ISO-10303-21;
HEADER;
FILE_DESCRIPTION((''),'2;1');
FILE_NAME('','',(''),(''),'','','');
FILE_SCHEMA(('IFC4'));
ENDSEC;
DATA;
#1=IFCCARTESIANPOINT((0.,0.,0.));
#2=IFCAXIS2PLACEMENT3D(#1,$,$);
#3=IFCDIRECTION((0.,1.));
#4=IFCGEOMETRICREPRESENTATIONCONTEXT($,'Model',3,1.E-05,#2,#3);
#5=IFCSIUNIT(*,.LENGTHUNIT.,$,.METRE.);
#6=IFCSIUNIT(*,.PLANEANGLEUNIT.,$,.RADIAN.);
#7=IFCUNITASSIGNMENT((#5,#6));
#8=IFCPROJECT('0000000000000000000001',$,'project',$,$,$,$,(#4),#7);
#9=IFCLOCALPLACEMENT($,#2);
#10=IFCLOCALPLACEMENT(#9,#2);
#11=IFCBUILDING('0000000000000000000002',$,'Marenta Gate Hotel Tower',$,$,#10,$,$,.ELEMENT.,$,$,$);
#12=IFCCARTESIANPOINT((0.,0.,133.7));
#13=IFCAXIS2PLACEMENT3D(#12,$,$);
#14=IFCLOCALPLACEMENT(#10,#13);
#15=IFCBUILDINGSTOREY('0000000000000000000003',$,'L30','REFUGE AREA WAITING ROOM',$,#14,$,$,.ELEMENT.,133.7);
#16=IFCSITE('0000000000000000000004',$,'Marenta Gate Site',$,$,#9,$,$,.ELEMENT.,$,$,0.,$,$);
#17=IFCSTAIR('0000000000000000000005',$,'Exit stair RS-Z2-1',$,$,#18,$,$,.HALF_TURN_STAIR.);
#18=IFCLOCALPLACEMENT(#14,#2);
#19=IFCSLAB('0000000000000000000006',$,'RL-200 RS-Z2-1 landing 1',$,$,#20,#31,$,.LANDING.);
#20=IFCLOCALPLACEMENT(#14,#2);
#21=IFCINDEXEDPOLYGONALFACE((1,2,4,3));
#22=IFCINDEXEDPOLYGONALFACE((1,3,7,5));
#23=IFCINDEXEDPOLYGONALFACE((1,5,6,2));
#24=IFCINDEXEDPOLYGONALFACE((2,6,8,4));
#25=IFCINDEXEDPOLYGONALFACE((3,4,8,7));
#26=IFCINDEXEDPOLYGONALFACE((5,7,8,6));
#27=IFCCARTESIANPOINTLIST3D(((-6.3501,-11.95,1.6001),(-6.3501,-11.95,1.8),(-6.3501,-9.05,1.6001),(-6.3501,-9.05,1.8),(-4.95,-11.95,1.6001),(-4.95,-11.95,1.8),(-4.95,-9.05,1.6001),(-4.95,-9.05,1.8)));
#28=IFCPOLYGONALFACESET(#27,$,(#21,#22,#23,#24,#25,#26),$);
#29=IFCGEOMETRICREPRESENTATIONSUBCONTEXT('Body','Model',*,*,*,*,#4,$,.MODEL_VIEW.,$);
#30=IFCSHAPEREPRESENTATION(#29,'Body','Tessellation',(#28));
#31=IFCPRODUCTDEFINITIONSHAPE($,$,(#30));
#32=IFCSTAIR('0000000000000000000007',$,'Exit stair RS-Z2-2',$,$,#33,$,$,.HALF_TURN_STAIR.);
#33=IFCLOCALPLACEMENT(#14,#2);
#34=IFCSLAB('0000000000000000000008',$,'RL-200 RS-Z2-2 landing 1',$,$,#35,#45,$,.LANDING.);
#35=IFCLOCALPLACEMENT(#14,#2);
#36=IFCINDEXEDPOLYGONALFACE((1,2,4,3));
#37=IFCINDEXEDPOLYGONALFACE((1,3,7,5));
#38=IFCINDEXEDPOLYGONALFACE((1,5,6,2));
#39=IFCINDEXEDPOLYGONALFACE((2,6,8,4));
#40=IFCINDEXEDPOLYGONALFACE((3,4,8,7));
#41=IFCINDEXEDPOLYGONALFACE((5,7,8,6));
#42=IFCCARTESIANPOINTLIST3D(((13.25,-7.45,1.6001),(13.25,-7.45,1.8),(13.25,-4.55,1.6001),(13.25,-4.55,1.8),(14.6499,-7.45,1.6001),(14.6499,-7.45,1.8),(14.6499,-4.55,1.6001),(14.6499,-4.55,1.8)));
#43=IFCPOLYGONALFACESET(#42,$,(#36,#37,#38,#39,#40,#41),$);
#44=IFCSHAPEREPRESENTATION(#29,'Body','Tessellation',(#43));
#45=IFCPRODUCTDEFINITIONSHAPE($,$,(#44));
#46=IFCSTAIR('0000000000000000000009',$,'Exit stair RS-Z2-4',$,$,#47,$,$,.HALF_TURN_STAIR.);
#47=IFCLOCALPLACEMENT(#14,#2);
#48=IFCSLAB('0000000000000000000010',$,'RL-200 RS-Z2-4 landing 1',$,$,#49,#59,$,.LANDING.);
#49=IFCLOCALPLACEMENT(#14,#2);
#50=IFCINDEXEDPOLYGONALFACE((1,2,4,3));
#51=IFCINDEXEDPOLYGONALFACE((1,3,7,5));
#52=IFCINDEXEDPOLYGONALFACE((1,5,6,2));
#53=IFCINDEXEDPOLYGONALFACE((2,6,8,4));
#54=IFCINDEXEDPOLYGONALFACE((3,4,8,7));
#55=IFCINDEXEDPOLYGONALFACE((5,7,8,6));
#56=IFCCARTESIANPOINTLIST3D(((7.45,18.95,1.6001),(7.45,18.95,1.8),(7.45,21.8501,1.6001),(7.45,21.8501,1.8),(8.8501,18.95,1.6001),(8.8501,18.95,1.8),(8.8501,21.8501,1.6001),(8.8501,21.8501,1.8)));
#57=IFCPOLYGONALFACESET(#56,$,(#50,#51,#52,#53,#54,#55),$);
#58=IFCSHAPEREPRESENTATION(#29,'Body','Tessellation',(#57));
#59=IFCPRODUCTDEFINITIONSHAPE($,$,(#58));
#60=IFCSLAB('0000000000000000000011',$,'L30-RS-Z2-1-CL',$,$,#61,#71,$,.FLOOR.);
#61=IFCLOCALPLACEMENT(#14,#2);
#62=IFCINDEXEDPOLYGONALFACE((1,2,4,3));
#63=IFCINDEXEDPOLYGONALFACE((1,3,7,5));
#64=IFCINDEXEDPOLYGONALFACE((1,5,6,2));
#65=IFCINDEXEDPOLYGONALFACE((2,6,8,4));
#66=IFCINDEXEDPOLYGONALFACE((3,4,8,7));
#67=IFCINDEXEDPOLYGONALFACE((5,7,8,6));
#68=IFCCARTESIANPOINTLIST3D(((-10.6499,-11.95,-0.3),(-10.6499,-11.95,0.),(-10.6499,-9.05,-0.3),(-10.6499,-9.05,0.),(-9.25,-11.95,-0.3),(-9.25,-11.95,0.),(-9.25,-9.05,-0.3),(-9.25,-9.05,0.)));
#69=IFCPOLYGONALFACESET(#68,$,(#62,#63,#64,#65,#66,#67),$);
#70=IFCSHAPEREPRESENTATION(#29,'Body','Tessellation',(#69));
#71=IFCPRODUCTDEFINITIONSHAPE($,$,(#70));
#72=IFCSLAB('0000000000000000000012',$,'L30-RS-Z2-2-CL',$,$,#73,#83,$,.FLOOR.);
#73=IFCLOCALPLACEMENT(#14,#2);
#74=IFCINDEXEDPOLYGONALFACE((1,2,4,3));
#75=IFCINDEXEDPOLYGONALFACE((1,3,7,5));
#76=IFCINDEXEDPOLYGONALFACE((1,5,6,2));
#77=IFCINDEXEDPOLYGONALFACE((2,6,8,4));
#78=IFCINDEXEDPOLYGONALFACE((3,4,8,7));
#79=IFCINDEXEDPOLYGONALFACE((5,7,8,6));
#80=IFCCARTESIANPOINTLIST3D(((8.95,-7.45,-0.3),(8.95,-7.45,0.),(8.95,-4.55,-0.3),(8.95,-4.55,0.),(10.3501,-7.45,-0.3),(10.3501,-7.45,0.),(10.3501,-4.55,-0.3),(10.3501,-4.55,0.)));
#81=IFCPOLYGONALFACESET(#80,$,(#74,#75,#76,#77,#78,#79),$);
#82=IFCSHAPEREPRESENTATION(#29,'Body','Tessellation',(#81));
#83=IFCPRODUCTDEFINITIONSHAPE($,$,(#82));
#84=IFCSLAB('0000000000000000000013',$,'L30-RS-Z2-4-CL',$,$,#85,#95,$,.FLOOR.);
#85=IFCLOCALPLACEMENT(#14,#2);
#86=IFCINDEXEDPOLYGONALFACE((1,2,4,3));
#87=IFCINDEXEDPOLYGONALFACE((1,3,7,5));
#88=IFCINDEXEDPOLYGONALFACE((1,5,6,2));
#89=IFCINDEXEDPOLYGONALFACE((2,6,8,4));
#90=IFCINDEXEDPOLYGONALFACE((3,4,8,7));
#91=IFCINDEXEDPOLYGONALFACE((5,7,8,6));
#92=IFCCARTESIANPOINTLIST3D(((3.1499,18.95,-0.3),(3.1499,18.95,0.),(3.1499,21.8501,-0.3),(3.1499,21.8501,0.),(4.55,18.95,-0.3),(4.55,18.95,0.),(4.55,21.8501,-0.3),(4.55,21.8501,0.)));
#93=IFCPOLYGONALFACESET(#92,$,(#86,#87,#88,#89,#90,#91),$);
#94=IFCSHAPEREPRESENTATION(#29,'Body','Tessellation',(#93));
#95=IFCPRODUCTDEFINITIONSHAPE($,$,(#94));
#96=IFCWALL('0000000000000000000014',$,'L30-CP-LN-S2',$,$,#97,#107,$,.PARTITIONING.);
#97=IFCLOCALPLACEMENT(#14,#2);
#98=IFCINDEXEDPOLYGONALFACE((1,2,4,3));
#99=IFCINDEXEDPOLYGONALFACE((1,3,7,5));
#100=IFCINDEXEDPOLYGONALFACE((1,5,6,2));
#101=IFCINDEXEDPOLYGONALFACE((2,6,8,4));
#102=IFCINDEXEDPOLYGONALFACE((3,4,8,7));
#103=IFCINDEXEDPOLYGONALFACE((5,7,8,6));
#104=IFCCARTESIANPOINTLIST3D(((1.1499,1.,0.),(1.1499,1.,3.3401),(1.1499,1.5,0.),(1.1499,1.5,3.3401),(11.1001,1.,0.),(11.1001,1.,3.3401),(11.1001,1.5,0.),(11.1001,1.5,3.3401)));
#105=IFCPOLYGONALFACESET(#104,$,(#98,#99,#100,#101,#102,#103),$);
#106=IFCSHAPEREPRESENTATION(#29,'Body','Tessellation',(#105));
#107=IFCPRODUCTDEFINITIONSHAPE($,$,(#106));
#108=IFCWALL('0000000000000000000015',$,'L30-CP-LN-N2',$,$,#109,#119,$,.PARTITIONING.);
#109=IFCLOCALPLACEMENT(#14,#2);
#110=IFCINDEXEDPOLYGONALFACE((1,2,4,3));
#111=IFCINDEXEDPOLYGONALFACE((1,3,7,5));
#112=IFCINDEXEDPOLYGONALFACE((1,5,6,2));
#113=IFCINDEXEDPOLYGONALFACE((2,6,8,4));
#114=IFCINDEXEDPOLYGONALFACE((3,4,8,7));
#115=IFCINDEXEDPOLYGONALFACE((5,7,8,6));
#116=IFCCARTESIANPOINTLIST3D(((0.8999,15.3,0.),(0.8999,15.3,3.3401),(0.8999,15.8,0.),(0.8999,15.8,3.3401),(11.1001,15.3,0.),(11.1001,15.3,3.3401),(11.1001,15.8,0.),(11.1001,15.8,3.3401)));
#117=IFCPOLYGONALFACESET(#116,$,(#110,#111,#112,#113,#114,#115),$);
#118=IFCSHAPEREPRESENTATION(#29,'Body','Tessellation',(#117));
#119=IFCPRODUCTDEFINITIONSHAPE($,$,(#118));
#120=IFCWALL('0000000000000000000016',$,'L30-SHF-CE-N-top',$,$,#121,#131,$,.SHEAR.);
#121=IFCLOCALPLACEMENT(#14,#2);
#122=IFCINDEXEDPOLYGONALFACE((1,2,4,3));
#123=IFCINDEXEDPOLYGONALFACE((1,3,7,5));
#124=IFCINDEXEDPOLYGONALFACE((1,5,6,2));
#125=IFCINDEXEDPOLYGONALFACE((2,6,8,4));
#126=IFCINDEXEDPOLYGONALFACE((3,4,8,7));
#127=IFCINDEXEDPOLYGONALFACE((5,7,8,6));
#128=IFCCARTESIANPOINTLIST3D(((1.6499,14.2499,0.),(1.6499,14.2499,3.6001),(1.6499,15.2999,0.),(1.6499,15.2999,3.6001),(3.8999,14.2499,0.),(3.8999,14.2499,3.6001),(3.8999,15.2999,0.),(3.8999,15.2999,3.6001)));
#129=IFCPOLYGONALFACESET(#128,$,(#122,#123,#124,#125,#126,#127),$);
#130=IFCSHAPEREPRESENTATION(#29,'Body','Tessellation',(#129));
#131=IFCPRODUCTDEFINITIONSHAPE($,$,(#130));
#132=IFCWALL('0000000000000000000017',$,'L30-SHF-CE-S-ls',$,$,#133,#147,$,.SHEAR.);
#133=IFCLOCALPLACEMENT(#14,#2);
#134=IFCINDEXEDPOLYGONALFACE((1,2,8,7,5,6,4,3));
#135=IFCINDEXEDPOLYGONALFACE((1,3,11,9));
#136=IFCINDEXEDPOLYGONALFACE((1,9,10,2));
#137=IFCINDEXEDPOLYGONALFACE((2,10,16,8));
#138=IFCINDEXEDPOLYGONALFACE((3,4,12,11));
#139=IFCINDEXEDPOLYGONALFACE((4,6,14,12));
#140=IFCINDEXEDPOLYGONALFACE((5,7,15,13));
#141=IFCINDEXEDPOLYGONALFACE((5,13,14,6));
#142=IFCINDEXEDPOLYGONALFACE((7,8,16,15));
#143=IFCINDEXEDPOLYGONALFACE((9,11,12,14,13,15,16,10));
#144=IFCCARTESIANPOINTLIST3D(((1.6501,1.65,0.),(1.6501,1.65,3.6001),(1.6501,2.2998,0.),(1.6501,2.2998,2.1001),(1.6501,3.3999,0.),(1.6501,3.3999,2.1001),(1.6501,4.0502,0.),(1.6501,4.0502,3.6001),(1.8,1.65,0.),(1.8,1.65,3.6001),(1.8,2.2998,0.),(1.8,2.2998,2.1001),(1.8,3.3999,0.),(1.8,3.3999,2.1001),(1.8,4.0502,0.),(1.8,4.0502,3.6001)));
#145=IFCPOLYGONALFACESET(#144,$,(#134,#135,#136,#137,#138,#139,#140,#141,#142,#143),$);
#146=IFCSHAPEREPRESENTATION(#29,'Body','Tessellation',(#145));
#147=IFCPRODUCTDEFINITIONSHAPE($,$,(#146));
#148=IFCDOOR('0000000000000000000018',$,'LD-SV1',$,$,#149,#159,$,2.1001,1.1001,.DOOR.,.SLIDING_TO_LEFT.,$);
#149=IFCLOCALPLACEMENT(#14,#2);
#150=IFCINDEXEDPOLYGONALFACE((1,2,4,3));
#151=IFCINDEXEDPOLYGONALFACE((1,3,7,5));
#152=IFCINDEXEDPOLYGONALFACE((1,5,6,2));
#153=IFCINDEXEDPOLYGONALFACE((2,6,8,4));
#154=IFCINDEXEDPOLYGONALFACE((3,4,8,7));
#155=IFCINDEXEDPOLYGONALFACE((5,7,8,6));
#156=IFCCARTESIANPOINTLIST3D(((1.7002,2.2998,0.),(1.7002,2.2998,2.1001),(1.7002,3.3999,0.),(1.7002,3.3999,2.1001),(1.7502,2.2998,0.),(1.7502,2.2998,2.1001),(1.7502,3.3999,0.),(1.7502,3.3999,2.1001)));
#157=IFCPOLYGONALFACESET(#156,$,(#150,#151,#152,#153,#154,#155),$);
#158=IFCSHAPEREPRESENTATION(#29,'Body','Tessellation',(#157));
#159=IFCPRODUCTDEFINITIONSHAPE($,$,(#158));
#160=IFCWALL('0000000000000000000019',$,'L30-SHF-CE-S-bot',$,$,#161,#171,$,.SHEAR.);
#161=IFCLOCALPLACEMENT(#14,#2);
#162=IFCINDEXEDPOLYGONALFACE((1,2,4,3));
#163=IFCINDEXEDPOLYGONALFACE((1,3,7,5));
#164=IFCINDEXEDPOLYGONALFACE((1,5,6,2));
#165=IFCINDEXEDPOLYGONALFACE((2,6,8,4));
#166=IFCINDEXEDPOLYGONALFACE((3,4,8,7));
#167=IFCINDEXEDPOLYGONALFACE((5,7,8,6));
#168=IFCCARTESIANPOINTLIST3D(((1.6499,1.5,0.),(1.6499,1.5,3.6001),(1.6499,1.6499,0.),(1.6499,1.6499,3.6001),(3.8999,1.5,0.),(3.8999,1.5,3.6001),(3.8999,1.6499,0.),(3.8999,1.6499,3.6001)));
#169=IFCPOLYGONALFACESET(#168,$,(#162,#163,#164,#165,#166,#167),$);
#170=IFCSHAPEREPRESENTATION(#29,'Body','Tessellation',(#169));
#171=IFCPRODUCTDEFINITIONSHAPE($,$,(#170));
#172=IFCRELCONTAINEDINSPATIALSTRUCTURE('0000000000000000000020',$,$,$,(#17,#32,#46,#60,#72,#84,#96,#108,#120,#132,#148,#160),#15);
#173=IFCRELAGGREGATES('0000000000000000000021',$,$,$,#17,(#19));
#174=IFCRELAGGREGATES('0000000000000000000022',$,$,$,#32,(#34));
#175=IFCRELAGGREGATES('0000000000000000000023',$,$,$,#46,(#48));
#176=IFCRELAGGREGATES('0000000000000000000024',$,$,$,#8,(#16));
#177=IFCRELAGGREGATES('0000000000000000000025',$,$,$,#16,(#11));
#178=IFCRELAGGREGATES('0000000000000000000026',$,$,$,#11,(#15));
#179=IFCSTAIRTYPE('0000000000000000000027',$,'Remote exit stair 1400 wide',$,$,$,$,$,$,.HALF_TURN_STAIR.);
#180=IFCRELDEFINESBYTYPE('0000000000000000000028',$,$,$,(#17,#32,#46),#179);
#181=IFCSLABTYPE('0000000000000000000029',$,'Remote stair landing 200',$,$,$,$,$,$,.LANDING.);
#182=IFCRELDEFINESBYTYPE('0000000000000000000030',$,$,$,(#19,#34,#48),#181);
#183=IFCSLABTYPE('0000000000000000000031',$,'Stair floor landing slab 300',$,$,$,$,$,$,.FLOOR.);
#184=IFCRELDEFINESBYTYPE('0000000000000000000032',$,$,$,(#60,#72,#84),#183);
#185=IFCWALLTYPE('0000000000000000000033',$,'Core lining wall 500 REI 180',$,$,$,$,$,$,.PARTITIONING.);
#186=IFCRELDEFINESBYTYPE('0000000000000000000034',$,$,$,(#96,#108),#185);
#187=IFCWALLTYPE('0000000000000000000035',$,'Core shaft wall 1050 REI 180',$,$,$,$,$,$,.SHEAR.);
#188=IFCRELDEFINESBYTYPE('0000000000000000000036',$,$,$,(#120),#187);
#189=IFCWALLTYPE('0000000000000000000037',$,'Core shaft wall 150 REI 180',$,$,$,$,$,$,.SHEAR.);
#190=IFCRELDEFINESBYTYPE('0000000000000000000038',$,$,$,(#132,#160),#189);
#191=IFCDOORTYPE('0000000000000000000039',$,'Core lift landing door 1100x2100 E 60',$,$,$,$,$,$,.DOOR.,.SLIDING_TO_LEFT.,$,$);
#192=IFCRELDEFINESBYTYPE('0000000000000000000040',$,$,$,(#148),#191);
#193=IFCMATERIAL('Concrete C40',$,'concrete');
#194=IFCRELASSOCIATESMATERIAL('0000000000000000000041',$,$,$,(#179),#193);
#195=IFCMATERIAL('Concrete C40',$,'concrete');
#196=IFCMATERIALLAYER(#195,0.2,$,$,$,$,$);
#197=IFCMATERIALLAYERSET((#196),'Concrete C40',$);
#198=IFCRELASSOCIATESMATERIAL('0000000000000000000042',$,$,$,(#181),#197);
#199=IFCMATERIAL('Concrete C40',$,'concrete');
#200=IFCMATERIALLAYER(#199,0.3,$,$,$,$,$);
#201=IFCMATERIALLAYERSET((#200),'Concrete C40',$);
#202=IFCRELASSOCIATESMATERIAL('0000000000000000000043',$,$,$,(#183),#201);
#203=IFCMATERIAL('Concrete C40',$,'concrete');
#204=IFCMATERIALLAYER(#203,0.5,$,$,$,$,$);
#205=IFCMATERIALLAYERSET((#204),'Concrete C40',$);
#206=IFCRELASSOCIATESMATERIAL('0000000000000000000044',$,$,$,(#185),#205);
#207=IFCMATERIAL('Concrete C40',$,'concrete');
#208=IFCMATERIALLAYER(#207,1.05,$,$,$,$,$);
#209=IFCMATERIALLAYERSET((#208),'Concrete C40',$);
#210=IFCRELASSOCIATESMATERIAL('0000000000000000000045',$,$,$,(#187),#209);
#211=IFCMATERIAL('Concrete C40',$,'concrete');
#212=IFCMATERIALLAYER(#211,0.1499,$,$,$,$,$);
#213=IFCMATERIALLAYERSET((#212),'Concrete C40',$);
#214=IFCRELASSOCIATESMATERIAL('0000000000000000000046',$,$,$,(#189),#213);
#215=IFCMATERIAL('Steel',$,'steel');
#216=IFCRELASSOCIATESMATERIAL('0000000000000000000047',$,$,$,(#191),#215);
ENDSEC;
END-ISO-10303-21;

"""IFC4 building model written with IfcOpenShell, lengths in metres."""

from ifc_helpers import new_model, si_unit, direction, frame, frame_2d, origin, place, context, subcontext, project, spatial, polyline, rectangle, outline, extrude, material, layer, layer_set, type_object, element, fill, aggregate, save


model = new_model("IFC4")

# Units and contexts
model_context = context("Model", 3, precision=1e-05, world=origin(), true_north=direction((0.0, 1.0)))
body_context = subcontext(model_context, "Body", "Model", "MODEL_VIEW")
ifc_project = project(units=[si_unit("LENGTHUNIT", "METRE"), si_unit("PLANEANGLEUNIT", "RADIAN")], contexts=[model_context])

# Site, building, storey
site_placement = place(None, origin())
site = spatial("IfcSite", under=ifc_project, at=site_placement, Name="Marenta Gate Site", CompositionType="ELEMENT", RefElevation=0.0)
building_placement = place(site_placement, origin())
building = spatial("IfcBuilding", under=site, at=building_placement, Name="Marenta Gate Hotel Tower", CompositionType="ELEMENT")
storey_placement = place(building_placement, frame((0.0, 0.0, 133.7)))
storey = spatial("IfcBuildingStorey", under=building, at=storey_placement, Name="L30", Description="REFUGE AREA WAITING ROOM", CompositionType="ELEMENT", Elevation=133.7)

# Stairs, slabs
ifc_material_1 = material(Name="Concrete C40", Category="concrete")
stair_type_1 = type_object("IfcStairType", Name="Remote exit stair 1400 wide", PredefinedType="HALF_TURN_STAIR", material=ifc_material_1)
stair_1_placement = place(storey_placement, origin())
stair_1 = element("IfcStair", 1, at=stair_1_placement, inside=storey, type_object=stair_type_1, Name="Exit stair RS-Z2-1", PredefinedType="HALF_TURN_STAIR")
ifc_material_2 = material(Name="Concrete C40", Category="concrete")
ifc_layer_1 = layer(ifc_material_2, 0.2)
ifc_layer_set_1 = layer_set([ifc_layer_1], Name="Concrete C40")
slab_type_1 = type_object("IfcSlabType", Name="Remote stair landing 200", PredefinedType="LANDING", material=ifc_layer_set_1)
slab_1_placement = place(storey_placement, frame((0.0, 0.0, 1.6001)))
slab_1 = element("IfcSlab", 2, at=slab_1_placement, type_object=slab_type_1, Name="RL-200 RS-Z2-1 landing 1", PredefinedType="LANDING", context=body_context, shape_type="SweptSolid", body=[
    extrude(outline(polyline([(-6.3501, -11.95), (-4.95, -11.95), (-4.95, -9.05), (-6.3501, -9.05), (-6.3501, -11.95)])), origin(), (0.0, 0.0, 1.0), 0.2),
])
aggregate(stair_1, [slab_1])
stair_2_placement = place(storey_placement, origin())
stair_2 = element("IfcStair", 3, at=stair_2_placement, inside=storey, type_object=stair_type_1, Name="Exit stair RS-Z2-2", PredefinedType="HALF_TURN_STAIR")
slab_2_placement = place(storey_placement, frame((0.0, 0.0, 1.6001)))
slab_2 = element("IfcSlab", 4, at=slab_2_placement, type_object=slab_type_1, Name="RL-200 RS-Z2-2 landing 1", PredefinedType="LANDING", context=body_context, shape_type="SweptSolid", body=[
    extrude(outline(polyline([(13.25, -7.45), (14.6499, -7.45), (14.6499, -4.55), (13.25, -4.55), (13.25, -7.45)])), origin(), (0.0, 0.0, 1.0), 0.2),
])
aggregate(stair_2, [slab_2])
stair_3_placement = place(storey_placement, origin())
stair_3 = element("IfcStair", 5, at=stair_3_placement, inside=storey, type_object=stair_type_1, Name="Exit stair RS-Z2-4", PredefinedType="HALF_TURN_STAIR")
slab_3_placement = place(storey_placement, frame((0.0, 0.0, 1.6001)))
slab_3 = element("IfcSlab", 6, at=slab_3_placement, type_object=slab_type_1, Name="RL-200 RS-Z2-4 landing 1", PredefinedType="LANDING", context=body_context, shape_type="SweptSolid", body=[
    extrude(outline(polyline([(7.45, 18.95), (8.8501, 18.95), (8.8501, 21.8501), (7.45, 21.8501), (7.45, 18.95)])), origin(), (0.0, 0.0, 1.0), 0.2),
])
aggregate(stair_3, [slab_3])

# Slabs
ifc_material_3 = material(Name="Concrete C40", Category="concrete")
ifc_layer_2 = layer(ifc_material_3, 0.3)
ifc_layer_set_2 = layer_set([ifc_layer_2], Name="Concrete C40")
slab_type_2 = type_object("IfcSlabType", Name="Stair floor landing slab 300", PredefinedType="FLOOR", material=ifc_layer_set_2)
slab_4_placement = place(storey_placement, frame((0.0, 0.0, -0.3)))
element("IfcSlab", 7, at=slab_4_placement, inside=storey, type_object=slab_type_2, Name="L30-RS-Z2-1-CL", PredefinedType="FLOOR", context=body_context, shape_type="SweptSolid", body=[
    extrude(outline(polyline([(-9.25, -11.95), (-9.25, -9.05), (-10.6499, -9.05), (-10.6499, -11.95), (-9.25, -11.95)])), origin(), (0.0, 0.0, 1.0), 0.3),
])
slab_5_placement = place(storey_placement, frame((0.0, 0.0, -0.3)))
element("IfcSlab", 8, at=slab_5_placement, inside=storey, type_object=slab_type_2, Name="L30-RS-Z2-2-CL", PredefinedType="FLOOR", context=body_context, shape_type="SweptSolid", body=[
    extrude(outline(polyline([(10.3501, -7.45), (10.3501, -4.55), (8.95, -4.55), (8.95, -7.45), (10.3501, -7.45)])), origin(), (0.0, 0.0, 1.0), 0.3),
])
slab_6_placement = place(storey_placement, frame((0.0, 0.0, -0.3)))
element("IfcSlab", 9, at=slab_6_placement, inside=storey, type_object=slab_type_2, Name="L30-RS-Z2-4-CL", PredefinedType="FLOOR", context=body_context, shape_type="SweptSolid", body=[
    extrude(outline(polyline([(4.55, 18.95), (4.55, 21.8501), (3.1499, 21.8501), (3.1499, 18.95), (4.55, 18.95)])), origin(), (0.0, 0.0, 1.0), 0.3),
])

# Walls
ifc_material_4 = material(Name="Concrete C40", Category="concrete")
ifc_layer_3 = layer(ifc_material_4, 0.5)
ifc_layer_set_3 = layer_set([ifc_layer_3], Name="Concrete C40")
wall_type_1 = type_object("IfcWallType", Name="Core lining wall 500 REI 180", PredefinedType="PARTITIONING", material=ifc_layer_set_3)
wall_1_placement = place(storey_placement, frame((1.1499, 1.25, 0.0), z_axis=(0.0, 0.0, 1.0), x_axis=(1.0, 0.0, 0.0)))
element("IfcWall", 10, at=wall_1_placement, inside=storey, type_object=wall_type_1, Name="L30-CP-LN-S2", PredefinedType="PARTITIONING", context=body_context, shape_type="SweptSolid", body=[
    extrude(rectangle(XDim=9.9502, YDim=0.5, at=frame_2d((4.9751, 0.0))), origin(), (0.0, 0.0, 1.0), 3.3401),
])
wall_2_placement = place(storey_placement, frame((0.8999, 15.55, 0.0), z_axis=(0.0, 0.0, 1.0), x_axis=(1.0, 0.0, 0.0)))
element("IfcWall", 11, at=wall_2_placement, inside=storey, type_object=wall_type_1, Name="L30-CP-LN-N2", PredefinedType="PARTITIONING", context=body_context, shape_type="SweptSolid", body=[
    extrude(rectangle(XDim=10.2002, YDim=0.5, at=frame_2d((5.1001, 0.0))), origin(), (0.0, 0.0, 1.0), 3.3401),
])
ifc_material_5 = material(Name="Concrete C40", Category="concrete")
ifc_layer_4 = layer(ifc_material_5, 1.05)
ifc_layer_set_4 = layer_set([ifc_layer_4], Name="Concrete C40")
wall_type_2 = type_object("IfcWallType", Name="Core shaft wall 1050 REI 180", PredefinedType="SHEAR", material=ifc_layer_set_4)
wall_3_placement = place(storey_placement, frame((1.6499, 14.7749, 0.0), z_axis=(0.0, 0.0, 1.0), x_axis=(1.0, 0.0, 0.0)))
element("IfcWall", 12, at=wall_3_placement, inside=storey, type_object=wall_type_2, Name="L30-SHF-CE-N-top", PredefinedType="SHEAR", context=body_context, shape_type="SweptSolid", body=[
    extrude(rectangle(XDim=2.25, YDim=1.05, at=frame_2d((1.125, 0.0))), origin(), (0.0, 0.0, 1.0), 3.6001),
])

# Wall, opening, door
ifc_material_6 = material(Name="Concrete C40", Category="concrete")
ifc_layer_5 = layer(ifc_material_6, 0.1499)
ifc_layer_set_5 = layer_set([ifc_layer_5], Name="Concrete C40")
wall_type_3 = type_object("IfcWallType", Name="Core shaft wall 150 REI 180", PredefinedType="SHEAR", material=ifc_layer_set_5)
wall_4_placement = place(storey_placement, frame((1.7251, 1.6499, 0.0), z_axis=(0.0, 0.0, 1.0), x_axis=(0.0, 1.0, 0.0)))
wall_4 = element("IfcWall", 13, at=wall_4_placement, inside=storey, type_object=wall_type_3, Name="L30-SHF-CE-S-ls", PredefinedType="SHEAR", context=body_context, shape_type="SweptSolid", body=[
    extrude(rectangle(XDim=2.4001, YDim=0.1499, at=frame_2d((1.2002, 0.0))), origin(), (0.0, 0.0, 1.0), 3.6001),
])
opening_1_placement = place(wall_4_placement, frame((0.6499, 0.0, 0.0)))
opening_1 = element("IfcOpeningElement", 14, at=opening_1_placement, cuts=wall_4, PredefinedType="OPENING", context=body_context, shape_type="SweptSolid", body=[
    extrude(rectangle(XDim=1.1001, YDim=2.1001, at=frame_2d((0.55, 1.05))), frame((0.0, 0.075, 0.0), z_axis=(0.0, -1.0, 0.0), x_axis=(1.0, 0.0, 0.0)), (0.0, 0.0, 1.0), 0.1499),
])
ifc_material_7 = material(Name="Steel", Category="steel")
door_type_1 = type_object("IfcDoorType", Name="Core lift landing door 1100x2100 E 60", OperationType="SLIDING_TO_LEFT", PredefinedType="DOOR", material=ifc_material_7)
door_1_placement = place(opening_1_placement, origin())
door_1 = element("IfcDoor", 15, at=door_1_placement, inside=storey, type_object=door_type_1, Name="LD-SV1", OperationType="SLIDING_TO_LEFT", OverallHeight=2.1001, OverallWidth=1.1001, PredefinedType="DOOR", context=body_context, shape_type="SweptSolid", body=[
    extrude(rectangle(XDim=1.1001, YDim=2.1001, at=frame_2d((0.55, 1.05))), frame((0.0, 0.0249, 0.0), z_axis=(0.0, -1.0, 0.0), x_axis=(1.0, 0.0, 0.0)), (0.0, 0.0, 1.0), 0.05),
])
fill(opening_1, door_1)

# Wall
wall_5_placement = place(storey_placement, frame((1.6499, 1.575, 0.0), z_axis=(0.0, 0.0, 1.0), x_axis=(1.0, 0.0, 0.0)))
element("IfcWall", 16, at=wall_5_placement, inside=storey, type_object=wall_type_3, Name="L30-SHF-CE-S-bot", PredefinedType="SHEAR", context=body_context, shape_type="SweptSolid", body=[
    extrude(rectangle(XDim=2.25, YDim=0.1499, at=frame_2d((1.125, 0.0))), origin(), (0.0, 0.0, 1.0), 3.6001),
])

save(model, "model.ifc")
